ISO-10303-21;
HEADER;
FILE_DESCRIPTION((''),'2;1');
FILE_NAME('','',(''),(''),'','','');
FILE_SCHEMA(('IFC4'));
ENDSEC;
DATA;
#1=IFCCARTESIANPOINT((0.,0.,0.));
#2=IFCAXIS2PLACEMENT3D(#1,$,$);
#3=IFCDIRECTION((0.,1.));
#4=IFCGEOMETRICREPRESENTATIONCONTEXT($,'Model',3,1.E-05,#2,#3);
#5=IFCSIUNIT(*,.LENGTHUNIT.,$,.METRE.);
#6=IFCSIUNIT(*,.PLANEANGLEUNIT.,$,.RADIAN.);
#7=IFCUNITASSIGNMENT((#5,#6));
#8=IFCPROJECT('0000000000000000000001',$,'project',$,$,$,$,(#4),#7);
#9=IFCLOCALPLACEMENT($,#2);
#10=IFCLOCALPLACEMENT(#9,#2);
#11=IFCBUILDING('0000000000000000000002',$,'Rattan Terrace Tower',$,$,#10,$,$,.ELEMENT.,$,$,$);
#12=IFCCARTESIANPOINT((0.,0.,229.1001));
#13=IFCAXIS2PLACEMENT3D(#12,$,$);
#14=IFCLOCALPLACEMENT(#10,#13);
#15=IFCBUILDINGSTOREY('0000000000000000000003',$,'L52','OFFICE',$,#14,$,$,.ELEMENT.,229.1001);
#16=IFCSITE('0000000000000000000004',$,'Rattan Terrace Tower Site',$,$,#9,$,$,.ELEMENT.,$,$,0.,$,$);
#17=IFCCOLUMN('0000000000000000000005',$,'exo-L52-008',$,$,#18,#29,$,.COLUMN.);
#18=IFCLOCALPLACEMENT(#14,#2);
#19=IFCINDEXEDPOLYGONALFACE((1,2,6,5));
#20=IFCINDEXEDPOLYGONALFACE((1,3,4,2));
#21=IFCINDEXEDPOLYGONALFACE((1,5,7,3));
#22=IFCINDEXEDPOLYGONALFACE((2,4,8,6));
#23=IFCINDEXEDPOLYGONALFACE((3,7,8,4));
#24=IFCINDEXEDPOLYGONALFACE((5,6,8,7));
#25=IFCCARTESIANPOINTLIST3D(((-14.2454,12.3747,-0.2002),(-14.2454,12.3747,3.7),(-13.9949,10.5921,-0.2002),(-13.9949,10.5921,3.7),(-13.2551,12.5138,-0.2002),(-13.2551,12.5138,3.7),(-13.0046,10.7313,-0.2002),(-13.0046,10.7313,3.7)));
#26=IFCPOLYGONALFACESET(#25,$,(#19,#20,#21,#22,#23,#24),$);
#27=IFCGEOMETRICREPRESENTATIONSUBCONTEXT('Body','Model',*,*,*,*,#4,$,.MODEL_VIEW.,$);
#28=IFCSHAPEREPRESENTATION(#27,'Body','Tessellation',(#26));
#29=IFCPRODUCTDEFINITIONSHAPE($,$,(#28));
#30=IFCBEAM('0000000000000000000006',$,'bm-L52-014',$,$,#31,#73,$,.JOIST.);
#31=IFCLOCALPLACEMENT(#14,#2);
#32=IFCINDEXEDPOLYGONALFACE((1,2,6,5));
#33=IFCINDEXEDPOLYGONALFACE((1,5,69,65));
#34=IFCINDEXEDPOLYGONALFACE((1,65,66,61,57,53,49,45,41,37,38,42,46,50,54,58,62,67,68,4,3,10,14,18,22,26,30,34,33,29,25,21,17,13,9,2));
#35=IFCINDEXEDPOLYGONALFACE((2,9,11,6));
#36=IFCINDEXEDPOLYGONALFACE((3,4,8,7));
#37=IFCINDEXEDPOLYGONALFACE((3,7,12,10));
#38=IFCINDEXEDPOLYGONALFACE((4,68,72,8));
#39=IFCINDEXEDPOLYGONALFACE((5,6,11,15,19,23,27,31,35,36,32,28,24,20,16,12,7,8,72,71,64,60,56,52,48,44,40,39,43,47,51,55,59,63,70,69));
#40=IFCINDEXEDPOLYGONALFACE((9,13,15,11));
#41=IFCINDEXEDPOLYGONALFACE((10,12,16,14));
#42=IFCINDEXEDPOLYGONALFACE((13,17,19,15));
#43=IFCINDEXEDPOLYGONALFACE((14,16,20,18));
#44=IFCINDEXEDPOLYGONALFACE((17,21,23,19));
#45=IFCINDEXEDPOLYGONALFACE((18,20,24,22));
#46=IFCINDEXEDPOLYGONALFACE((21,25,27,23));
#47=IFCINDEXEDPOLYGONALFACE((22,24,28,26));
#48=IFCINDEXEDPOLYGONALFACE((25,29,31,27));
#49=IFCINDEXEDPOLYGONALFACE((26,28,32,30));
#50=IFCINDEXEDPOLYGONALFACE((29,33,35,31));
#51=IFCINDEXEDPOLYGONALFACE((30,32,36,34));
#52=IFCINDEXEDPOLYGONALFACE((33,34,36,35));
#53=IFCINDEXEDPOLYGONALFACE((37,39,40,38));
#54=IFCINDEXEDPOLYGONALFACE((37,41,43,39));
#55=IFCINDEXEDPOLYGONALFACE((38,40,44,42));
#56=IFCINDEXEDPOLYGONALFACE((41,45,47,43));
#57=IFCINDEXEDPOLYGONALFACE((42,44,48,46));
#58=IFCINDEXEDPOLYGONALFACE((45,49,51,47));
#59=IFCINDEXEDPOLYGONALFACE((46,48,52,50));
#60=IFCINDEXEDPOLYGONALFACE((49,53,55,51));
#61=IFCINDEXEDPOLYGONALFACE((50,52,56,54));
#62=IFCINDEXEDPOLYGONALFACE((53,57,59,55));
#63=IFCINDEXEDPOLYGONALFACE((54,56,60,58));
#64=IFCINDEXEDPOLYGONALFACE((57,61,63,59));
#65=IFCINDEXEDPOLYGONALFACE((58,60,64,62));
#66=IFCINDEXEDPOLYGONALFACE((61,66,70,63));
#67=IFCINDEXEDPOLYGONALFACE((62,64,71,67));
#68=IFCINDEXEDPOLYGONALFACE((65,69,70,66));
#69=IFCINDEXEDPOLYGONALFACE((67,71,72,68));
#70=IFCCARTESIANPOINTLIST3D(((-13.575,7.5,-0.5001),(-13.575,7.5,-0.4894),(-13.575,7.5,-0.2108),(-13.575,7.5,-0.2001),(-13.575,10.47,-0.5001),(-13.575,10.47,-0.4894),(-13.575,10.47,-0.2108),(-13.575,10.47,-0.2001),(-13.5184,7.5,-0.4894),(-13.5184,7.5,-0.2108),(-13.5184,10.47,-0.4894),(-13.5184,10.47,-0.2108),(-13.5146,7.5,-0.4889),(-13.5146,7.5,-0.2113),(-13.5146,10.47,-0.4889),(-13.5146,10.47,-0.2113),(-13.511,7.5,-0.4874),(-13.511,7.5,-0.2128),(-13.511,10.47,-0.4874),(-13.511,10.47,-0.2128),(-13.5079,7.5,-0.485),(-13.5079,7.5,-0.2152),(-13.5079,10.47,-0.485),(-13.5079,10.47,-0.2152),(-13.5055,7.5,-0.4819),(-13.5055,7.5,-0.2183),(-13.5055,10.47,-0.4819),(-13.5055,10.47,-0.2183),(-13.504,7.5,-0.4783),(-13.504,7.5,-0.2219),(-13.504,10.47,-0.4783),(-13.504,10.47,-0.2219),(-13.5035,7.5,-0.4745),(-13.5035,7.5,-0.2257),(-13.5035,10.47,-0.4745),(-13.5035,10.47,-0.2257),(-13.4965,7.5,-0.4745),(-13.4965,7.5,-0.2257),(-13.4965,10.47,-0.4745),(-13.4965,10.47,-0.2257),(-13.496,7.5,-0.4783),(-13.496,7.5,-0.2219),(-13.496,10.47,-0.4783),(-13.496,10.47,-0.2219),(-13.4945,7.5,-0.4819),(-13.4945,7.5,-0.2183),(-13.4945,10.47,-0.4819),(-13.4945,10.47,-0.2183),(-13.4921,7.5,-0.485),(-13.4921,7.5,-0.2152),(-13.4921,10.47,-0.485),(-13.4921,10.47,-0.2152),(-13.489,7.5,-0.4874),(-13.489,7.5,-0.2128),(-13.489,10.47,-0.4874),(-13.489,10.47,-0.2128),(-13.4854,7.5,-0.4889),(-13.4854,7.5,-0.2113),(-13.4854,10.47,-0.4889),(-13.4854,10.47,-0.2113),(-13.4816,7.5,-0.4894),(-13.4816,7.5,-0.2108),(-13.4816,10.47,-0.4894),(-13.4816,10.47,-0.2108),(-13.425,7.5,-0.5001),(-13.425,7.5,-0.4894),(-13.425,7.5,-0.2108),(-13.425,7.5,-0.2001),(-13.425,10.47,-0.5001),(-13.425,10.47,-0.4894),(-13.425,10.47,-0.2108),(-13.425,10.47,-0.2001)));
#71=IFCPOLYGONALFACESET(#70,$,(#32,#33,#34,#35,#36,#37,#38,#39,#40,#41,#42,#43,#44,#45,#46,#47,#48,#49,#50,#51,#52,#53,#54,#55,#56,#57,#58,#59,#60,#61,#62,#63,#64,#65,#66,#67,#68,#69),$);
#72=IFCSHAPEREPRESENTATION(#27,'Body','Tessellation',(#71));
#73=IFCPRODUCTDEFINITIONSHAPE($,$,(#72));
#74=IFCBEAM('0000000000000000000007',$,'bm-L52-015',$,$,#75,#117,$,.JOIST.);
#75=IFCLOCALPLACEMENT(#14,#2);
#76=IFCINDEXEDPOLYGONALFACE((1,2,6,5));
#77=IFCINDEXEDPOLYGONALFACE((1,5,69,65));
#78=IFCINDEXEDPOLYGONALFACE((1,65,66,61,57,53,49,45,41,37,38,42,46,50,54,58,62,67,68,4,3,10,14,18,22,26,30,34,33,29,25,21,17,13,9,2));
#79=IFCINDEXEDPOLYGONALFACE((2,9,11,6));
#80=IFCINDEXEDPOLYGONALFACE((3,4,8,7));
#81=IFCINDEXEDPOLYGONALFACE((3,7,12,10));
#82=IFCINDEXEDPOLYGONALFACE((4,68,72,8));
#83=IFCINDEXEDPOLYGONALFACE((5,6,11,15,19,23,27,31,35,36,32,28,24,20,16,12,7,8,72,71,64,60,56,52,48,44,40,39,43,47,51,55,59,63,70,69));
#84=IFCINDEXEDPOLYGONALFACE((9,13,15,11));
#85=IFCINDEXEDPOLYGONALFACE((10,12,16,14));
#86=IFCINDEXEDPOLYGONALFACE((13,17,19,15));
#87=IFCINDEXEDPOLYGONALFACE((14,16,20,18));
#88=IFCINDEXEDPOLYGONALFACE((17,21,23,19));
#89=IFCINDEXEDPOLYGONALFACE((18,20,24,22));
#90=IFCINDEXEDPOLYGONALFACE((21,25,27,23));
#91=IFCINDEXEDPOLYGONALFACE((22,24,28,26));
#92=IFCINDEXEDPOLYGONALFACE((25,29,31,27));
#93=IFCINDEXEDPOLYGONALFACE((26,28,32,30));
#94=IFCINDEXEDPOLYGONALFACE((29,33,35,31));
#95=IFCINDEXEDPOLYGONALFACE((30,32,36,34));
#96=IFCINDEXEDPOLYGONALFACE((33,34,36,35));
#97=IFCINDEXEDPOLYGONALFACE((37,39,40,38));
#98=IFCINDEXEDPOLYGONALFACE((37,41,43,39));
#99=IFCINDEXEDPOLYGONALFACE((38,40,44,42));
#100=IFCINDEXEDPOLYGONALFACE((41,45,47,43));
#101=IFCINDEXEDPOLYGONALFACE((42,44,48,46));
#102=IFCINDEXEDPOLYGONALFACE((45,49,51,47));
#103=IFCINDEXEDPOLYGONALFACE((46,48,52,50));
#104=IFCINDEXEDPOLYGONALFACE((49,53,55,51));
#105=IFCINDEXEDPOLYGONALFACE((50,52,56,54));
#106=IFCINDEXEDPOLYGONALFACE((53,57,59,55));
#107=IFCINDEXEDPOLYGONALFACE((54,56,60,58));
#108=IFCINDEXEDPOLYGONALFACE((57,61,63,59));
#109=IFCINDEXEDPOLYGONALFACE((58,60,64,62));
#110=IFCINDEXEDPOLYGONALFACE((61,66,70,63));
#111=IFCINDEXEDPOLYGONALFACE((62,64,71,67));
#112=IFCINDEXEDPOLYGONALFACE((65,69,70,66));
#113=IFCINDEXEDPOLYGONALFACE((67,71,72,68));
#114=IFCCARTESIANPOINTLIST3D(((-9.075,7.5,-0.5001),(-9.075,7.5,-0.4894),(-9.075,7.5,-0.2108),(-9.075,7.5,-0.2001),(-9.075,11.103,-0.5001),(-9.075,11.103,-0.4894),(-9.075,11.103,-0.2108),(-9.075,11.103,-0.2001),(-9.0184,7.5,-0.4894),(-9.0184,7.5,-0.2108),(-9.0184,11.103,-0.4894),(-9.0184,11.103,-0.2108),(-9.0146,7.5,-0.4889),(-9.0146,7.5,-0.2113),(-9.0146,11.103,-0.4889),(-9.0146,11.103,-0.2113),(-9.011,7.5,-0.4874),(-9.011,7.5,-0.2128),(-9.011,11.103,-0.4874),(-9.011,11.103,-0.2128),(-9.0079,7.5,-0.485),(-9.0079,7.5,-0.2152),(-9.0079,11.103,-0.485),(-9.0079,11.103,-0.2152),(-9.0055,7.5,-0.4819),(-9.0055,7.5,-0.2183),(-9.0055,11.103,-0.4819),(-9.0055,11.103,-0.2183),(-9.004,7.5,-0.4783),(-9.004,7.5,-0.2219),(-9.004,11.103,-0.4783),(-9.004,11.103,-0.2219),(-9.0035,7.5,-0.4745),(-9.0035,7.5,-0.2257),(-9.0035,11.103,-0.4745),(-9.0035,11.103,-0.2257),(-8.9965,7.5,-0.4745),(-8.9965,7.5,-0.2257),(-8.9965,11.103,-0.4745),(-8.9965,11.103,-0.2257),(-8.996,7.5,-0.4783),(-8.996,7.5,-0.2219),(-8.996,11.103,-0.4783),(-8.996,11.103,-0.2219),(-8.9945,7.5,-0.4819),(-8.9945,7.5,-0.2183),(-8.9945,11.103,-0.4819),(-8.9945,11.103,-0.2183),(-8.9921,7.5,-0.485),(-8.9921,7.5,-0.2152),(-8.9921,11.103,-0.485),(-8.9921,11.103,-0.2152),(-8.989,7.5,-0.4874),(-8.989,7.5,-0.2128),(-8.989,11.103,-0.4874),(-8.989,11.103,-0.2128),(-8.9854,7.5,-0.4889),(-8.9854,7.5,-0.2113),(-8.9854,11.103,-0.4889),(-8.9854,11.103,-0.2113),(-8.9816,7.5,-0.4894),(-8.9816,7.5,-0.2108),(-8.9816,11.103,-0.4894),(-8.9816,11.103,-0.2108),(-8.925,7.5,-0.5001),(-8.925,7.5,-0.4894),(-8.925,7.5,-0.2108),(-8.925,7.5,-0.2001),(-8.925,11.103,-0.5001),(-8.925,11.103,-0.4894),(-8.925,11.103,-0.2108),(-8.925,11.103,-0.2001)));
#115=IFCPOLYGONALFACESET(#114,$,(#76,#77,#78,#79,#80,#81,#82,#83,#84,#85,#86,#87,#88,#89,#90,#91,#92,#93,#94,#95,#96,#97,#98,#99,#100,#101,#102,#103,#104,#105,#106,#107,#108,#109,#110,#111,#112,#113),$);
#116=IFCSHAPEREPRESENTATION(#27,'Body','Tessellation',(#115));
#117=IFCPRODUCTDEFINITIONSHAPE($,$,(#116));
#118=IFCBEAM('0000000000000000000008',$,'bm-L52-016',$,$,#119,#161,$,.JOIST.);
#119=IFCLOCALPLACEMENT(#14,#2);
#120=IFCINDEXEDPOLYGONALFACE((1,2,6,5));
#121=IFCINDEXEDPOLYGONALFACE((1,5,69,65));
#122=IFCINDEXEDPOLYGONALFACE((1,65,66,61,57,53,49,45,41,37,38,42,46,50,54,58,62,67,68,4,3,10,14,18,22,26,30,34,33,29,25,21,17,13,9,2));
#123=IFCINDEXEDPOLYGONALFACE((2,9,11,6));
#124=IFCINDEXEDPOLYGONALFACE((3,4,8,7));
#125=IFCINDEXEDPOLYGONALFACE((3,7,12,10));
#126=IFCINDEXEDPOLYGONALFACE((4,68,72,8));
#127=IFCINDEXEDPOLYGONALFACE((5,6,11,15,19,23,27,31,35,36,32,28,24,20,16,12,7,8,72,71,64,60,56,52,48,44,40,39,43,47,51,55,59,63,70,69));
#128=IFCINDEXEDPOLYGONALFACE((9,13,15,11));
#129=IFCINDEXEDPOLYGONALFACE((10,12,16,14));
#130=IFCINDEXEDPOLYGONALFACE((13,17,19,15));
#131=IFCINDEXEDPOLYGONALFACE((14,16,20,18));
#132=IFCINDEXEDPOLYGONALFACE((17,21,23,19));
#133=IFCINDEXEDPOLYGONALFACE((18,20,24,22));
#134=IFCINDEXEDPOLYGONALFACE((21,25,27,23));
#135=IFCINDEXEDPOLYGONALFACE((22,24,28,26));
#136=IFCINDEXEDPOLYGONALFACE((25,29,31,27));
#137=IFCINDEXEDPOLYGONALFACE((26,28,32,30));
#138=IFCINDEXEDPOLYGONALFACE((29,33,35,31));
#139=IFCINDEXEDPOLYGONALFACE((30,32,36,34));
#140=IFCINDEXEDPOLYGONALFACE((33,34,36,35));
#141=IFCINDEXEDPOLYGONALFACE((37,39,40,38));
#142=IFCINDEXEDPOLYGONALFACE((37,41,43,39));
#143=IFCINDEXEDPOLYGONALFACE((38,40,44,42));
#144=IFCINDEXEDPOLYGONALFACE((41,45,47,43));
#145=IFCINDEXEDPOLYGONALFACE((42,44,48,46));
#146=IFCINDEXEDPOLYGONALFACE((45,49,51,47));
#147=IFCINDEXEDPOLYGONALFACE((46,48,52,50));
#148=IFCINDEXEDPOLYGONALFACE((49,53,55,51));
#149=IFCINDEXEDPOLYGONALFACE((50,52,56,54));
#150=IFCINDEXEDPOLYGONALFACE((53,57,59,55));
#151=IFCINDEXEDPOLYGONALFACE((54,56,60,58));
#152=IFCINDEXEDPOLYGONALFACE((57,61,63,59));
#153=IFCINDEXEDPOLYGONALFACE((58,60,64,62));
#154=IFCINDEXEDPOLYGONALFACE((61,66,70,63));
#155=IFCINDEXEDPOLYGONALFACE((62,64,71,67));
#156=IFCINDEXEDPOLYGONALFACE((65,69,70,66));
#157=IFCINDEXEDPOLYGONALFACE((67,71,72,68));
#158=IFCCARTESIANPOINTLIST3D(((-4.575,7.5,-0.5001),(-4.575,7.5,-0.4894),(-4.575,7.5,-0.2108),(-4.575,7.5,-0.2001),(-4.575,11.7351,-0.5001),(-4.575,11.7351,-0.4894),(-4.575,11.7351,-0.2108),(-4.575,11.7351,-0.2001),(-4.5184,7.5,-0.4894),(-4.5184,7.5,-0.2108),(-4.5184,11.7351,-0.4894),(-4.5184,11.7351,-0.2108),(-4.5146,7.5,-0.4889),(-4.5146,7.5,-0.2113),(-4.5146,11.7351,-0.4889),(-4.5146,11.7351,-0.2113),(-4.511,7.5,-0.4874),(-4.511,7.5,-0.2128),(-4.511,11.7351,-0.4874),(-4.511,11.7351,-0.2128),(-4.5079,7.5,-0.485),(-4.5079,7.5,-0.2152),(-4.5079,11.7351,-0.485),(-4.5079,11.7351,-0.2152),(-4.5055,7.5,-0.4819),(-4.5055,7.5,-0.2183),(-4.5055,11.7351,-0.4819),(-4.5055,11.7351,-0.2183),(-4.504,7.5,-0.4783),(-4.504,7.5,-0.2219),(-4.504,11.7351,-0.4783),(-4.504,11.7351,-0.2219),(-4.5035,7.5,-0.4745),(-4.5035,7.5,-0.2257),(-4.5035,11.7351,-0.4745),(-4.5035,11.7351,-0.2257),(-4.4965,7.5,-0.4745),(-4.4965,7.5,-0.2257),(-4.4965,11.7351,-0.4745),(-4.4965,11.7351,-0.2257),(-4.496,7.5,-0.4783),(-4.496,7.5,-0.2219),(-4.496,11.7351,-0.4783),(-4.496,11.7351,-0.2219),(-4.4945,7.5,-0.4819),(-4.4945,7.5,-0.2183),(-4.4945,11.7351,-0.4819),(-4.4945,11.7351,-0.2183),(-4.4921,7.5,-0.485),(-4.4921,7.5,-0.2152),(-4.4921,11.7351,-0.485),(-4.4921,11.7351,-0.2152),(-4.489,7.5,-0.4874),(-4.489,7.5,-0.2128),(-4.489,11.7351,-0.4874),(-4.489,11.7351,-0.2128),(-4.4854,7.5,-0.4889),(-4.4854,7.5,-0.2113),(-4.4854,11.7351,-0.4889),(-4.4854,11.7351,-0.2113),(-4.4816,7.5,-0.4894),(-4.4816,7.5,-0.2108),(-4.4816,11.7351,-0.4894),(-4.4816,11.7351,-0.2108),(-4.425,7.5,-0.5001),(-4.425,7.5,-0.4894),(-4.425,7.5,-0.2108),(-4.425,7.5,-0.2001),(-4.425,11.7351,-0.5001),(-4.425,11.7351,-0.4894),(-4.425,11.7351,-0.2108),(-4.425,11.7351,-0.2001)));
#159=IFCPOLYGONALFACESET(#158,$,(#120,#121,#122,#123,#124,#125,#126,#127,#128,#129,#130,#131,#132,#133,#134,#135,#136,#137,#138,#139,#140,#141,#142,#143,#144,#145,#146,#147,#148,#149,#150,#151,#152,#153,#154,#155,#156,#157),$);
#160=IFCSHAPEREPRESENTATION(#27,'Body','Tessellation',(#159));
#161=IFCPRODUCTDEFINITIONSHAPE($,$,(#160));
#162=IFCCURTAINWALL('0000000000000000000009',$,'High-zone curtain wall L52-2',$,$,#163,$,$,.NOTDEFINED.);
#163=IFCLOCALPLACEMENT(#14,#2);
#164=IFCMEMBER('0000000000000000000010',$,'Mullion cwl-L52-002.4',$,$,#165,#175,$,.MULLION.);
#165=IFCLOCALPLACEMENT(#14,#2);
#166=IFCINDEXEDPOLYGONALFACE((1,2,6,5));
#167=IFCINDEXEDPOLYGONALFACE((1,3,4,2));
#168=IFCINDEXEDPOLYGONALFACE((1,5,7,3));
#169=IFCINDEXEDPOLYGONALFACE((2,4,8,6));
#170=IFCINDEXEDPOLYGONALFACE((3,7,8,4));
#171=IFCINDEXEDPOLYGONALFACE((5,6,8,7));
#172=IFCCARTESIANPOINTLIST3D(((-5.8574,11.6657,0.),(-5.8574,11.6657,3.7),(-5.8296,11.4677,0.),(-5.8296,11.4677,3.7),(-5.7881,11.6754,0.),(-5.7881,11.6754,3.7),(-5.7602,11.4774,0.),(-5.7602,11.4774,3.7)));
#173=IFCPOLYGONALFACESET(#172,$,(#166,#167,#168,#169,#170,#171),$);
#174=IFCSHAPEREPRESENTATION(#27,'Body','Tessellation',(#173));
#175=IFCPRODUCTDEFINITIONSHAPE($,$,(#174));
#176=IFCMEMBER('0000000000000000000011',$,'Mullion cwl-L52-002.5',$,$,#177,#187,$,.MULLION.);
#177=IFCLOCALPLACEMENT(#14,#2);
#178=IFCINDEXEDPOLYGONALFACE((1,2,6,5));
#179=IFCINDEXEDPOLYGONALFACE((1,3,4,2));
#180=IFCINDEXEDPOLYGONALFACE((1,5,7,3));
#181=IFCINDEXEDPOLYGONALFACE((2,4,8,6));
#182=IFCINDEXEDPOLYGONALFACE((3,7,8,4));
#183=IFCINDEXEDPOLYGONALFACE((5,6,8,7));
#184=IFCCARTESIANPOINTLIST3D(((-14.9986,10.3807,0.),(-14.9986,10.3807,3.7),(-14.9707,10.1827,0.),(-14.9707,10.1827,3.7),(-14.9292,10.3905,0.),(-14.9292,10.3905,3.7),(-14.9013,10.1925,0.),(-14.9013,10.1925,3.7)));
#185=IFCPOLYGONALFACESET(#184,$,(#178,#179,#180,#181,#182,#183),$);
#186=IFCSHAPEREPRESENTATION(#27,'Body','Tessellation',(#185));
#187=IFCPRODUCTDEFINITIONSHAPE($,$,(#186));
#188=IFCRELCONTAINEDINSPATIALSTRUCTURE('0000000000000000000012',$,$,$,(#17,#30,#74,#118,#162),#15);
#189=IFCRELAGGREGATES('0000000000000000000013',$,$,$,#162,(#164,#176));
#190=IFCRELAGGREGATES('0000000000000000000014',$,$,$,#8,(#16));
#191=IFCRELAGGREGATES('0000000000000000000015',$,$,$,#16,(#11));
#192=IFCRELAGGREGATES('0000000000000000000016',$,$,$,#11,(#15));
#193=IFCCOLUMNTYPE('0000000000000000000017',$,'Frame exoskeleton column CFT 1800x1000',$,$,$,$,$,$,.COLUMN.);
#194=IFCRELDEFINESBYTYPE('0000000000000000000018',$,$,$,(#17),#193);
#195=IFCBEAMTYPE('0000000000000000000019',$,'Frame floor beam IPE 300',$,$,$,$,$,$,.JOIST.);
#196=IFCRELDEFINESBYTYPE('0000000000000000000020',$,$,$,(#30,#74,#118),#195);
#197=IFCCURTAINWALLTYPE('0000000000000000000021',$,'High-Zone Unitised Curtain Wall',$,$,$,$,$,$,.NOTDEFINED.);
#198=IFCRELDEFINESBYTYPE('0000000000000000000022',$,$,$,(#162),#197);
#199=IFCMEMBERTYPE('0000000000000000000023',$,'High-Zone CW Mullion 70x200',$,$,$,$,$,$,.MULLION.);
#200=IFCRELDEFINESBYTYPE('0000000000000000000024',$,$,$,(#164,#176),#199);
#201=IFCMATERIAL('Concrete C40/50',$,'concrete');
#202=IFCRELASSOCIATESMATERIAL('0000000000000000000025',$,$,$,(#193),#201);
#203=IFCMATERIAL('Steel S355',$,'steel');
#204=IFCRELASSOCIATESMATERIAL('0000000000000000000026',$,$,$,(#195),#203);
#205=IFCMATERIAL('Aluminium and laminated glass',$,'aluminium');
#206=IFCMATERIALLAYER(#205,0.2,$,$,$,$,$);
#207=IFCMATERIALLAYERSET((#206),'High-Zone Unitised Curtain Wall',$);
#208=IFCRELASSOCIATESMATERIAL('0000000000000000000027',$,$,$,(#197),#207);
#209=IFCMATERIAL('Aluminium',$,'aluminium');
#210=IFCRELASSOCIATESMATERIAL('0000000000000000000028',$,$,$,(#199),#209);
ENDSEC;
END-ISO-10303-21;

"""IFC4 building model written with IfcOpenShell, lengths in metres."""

from ifc_helpers import new_model, si_unit, direction, frame, origin, origin_2d, place, context, subcontext, project, spatial, rectangle, i_section, extrude, material, layer, layer_set, material_profile, profile_set, type_object, element, aggregate, save


model = new_model("IFC4")

# Units and contexts
model_context = context("Model", 3, precision=1e-05, world=origin(), true_north=direction((0.0, 1.0)))
body_context = subcontext(model_context, "Body", "Model", "MODEL_VIEW")
ifc_project = project(units=[si_unit("LENGTHUNIT", "METRE"), si_unit("PLANEANGLEUNIT", "RADIAN")], contexts=[model_context])

# Site, building, storey
site_placement = place(None, origin())
site = spatial("IfcSite", under=ifc_project, at=site_placement, Name="Rattan Terrace Tower Site", CompositionType="ELEMENT", RefElevation=0.0)
building_placement = place(site_placement, origin())
building = spatial("IfcBuilding", under=site, at=building_placement, Name="Rattan Terrace Tower", CompositionType="ELEMENT")
storey_placement = place(building_placement, frame((0.0, 0.0, 229.1001)))
storey = spatial("IfcBuildingStorey", under=building, at=storey_placement, Name="L52", Description="OFFICE", CompositionType="ELEMENT", Elevation=229.1001)

# Column
ifc_material_1 = material(Name="Concrete C40/50", Category="concrete")
ifc_material_profile_1 = material_profile(ifc_material_1, rectangle(XDim=1.0, YDim=1.8, at=origin_2d()), Name="CFT 1800x1000")
ifc_profile_set_1 = profile_set([ifc_material_profile_1], Name="Concrete C40/50")
column_type = type_object("IfcColumnType", Name="Frame exoskeleton column CFT 1800x1000", PredefinedType="COLUMN", material=ifc_profile_set_1)
column_placement = place(storey_placement, frame((-13.625, 11.553, -0.2002), z_axis=(0.0, 0.0, 1.0), x_axis=(0.990268, 0.139173, 0.0)))
element("IfcColumn", 1, at=column_placement, inside=storey, type_object=column_type, Name="exo-L52-008", PredefinedType="COLUMN", context=body_context, shape_type="SweptSolid", body=[
    extrude(rectangle(XDim=1.0, YDim=1.8, at=origin_2d()), origin(), (0.0, 0.0, 1.0), 3.9001),
])

# Beams
ifc_material_2 = material(Name="Steel S355", Category="steel")
ifc_material_profile_2 = material_profile(ifc_material_2, i_section(OverallWidth=0.1499, OverallDepth=0.3, WebThickness=0.0071, FlangeThickness=0.0107, FilletRadius=0.0149, at=origin_2d()), Name="IPE 300")
ifc_profile_set_2 = profile_set([ifc_material_profile_2], Name="Steel S355")
beam_type = type_object("IfcBeamType", Name="Frame floor beam IPE 300", PredefinedType="JOIST", material=ifc_profile_set_2)
beam_1_placement = place(storey_placement, frame((-13.5, 7.5, -0.3501), z_axis=(0.0, 1.0, 0.0), x_axis=(-1.0, 0.0, 0.0)))
element("IfcBeam", 2, at=beam_1_placement, inside=storey, type_object=beam_type, Name="bm-L52-014", PredefinedType="JOIST", context=body_context, shape_type="SweptSolid", body=[
    extrude(i_section(OverallWidth=0.1499, OverallDepth=0.3, WebThickness=0.0071, FlangeThickness=0.0107, FilletRadius=0.0149, at=origin_2d()), origin(), (0.0, 0.0, 1.0), 2.97),
])
beam_2_placement = place(storey_placement, frame((-9.0, 7.5, -0.3501), z_axis=(0.0, 1.0, 0.0), x_axis=(-1.0, 0.0, 0.0)))
element("IfcBeam", 3, at=beam_2_placement, inside=storey, type_object=beam_type, Name="bm-L52-015", PredefinedType="JOIST", context=body_context, shape_type="SweptSolid", body=[
    extrude(i_section(OverallWidth=0.1499, OverallDepth=0.3, WebThickness=0.0071, FlangeThickness=0.0107, FilletRadius=0.0149, at=origin_2d()), origin(), (0.0, 0.0, 1.0), 3.603),
])
beam_3_placement = place(storey_placement, frame((-4.5, 7.5, -0.3501), z_axis=(0.0, 1.0, 0.0), x_axis=(-1.0, 0.0, 0.0)))
element("IfcBeam", 4, at=beam_3_placement, inside=storey, type_object=beam_type, Name="bm-L52-016", PredefinedType="JOIST", context=body_context, shape_type="SweptSolid", body=[
    extrude(i_section(OverallWidth=0.1499, OverallDepth=0.3, WebThickness=0.0071, FlangeThickness=0.0107, FilletRadius=0.0149, at=origin_2d()), origin(), (0.0, 0.0, 1.0), 4.2351),
])

# Curtain wall, members
ifc_material_3 = material(Name="Aluminium and laminated glass", Category="aluminium")
ifc_layer_1 = layer(ifc_material_3, 0.2)
ifc_layer_set_1 = layer_set([ifc_layer_1], Name="High-Zone Unitised Curtain Wall")
curtain_wall_type = type_object("IfcCurtainWallType", Name="High-Zone Unitised Curtain Wall", PredefinedType="NOTDEFINED", material=ifc_layer_set_1)
curtain_wall_placement = place(storey_placement, origin())
curtain_wall = element("IfcCurtainWall", 5, at=curtain_wall_placement, inside=storey, type_object=curtain_wall_type, Name="High-zone curtain wall L52-2", PredefinedType="NOTDEFINED")
ifc_material_4 = material(Name="Aluminium", Category="aluminium")
ifc_material_profile_3 = material_profile(ifc_material_4, rectangle(XDim=0.0701, YDim=0.2, at=origin_2d()), Name="Aluminium 70x200")
ifc_profile_set_3 = profile_set([ifc_material_profile_3], Name="Aluminium")
member_type_1 = type_object("IfcMemberType", Name="High-Zone CW Mullion 70x200", PredefinedType="MULLION", material=ifc_profile_set_3)
member_1_placement = place(storey_placement, frame((-5.8088, 11.5715, 0.0), z_axis=(0.0, 0.0, 1.0), x_axis=(-0.990267, -0.139177, 0.0)))
member_1 = element("IfcMember", 6, at=member_1_placement, type_object=member_type_1, Name="Mullion cwl-L52-002.4", PredefinedType="MULLION", context=body_context, shape_type="SweptSolid", body=[
    extrude(rectangle(XDim=0.0701, YDim=0.2, at=origin_2d()), origin(), (0.0, 0.0, 1.0), 3.7),
])
member_2_placement = place(storey_placement, frame((-14.95, 10.2866, 0.0), z_axis=(0.0, 0.0, 1.0), x_axis=(-0.990267, -0.139177, 0.0)))
member_2 = element("IfcMember", 7, at=member_2_placement, type_object=member_type_1, Name="Mullion cwl-L52-002.5", PredefinedType="MULLION", context=body_context, shape_type="SweptSolid", body=[
    extrude(rectangle(XDim=0.0701, YDim=0.2, at=origin_2d()), origin(), (0.0, 0.0, 1.0), 3.7),
])
aggregate(curtain_wall, [member_1, member_2])

save(model, "model.ifc")
